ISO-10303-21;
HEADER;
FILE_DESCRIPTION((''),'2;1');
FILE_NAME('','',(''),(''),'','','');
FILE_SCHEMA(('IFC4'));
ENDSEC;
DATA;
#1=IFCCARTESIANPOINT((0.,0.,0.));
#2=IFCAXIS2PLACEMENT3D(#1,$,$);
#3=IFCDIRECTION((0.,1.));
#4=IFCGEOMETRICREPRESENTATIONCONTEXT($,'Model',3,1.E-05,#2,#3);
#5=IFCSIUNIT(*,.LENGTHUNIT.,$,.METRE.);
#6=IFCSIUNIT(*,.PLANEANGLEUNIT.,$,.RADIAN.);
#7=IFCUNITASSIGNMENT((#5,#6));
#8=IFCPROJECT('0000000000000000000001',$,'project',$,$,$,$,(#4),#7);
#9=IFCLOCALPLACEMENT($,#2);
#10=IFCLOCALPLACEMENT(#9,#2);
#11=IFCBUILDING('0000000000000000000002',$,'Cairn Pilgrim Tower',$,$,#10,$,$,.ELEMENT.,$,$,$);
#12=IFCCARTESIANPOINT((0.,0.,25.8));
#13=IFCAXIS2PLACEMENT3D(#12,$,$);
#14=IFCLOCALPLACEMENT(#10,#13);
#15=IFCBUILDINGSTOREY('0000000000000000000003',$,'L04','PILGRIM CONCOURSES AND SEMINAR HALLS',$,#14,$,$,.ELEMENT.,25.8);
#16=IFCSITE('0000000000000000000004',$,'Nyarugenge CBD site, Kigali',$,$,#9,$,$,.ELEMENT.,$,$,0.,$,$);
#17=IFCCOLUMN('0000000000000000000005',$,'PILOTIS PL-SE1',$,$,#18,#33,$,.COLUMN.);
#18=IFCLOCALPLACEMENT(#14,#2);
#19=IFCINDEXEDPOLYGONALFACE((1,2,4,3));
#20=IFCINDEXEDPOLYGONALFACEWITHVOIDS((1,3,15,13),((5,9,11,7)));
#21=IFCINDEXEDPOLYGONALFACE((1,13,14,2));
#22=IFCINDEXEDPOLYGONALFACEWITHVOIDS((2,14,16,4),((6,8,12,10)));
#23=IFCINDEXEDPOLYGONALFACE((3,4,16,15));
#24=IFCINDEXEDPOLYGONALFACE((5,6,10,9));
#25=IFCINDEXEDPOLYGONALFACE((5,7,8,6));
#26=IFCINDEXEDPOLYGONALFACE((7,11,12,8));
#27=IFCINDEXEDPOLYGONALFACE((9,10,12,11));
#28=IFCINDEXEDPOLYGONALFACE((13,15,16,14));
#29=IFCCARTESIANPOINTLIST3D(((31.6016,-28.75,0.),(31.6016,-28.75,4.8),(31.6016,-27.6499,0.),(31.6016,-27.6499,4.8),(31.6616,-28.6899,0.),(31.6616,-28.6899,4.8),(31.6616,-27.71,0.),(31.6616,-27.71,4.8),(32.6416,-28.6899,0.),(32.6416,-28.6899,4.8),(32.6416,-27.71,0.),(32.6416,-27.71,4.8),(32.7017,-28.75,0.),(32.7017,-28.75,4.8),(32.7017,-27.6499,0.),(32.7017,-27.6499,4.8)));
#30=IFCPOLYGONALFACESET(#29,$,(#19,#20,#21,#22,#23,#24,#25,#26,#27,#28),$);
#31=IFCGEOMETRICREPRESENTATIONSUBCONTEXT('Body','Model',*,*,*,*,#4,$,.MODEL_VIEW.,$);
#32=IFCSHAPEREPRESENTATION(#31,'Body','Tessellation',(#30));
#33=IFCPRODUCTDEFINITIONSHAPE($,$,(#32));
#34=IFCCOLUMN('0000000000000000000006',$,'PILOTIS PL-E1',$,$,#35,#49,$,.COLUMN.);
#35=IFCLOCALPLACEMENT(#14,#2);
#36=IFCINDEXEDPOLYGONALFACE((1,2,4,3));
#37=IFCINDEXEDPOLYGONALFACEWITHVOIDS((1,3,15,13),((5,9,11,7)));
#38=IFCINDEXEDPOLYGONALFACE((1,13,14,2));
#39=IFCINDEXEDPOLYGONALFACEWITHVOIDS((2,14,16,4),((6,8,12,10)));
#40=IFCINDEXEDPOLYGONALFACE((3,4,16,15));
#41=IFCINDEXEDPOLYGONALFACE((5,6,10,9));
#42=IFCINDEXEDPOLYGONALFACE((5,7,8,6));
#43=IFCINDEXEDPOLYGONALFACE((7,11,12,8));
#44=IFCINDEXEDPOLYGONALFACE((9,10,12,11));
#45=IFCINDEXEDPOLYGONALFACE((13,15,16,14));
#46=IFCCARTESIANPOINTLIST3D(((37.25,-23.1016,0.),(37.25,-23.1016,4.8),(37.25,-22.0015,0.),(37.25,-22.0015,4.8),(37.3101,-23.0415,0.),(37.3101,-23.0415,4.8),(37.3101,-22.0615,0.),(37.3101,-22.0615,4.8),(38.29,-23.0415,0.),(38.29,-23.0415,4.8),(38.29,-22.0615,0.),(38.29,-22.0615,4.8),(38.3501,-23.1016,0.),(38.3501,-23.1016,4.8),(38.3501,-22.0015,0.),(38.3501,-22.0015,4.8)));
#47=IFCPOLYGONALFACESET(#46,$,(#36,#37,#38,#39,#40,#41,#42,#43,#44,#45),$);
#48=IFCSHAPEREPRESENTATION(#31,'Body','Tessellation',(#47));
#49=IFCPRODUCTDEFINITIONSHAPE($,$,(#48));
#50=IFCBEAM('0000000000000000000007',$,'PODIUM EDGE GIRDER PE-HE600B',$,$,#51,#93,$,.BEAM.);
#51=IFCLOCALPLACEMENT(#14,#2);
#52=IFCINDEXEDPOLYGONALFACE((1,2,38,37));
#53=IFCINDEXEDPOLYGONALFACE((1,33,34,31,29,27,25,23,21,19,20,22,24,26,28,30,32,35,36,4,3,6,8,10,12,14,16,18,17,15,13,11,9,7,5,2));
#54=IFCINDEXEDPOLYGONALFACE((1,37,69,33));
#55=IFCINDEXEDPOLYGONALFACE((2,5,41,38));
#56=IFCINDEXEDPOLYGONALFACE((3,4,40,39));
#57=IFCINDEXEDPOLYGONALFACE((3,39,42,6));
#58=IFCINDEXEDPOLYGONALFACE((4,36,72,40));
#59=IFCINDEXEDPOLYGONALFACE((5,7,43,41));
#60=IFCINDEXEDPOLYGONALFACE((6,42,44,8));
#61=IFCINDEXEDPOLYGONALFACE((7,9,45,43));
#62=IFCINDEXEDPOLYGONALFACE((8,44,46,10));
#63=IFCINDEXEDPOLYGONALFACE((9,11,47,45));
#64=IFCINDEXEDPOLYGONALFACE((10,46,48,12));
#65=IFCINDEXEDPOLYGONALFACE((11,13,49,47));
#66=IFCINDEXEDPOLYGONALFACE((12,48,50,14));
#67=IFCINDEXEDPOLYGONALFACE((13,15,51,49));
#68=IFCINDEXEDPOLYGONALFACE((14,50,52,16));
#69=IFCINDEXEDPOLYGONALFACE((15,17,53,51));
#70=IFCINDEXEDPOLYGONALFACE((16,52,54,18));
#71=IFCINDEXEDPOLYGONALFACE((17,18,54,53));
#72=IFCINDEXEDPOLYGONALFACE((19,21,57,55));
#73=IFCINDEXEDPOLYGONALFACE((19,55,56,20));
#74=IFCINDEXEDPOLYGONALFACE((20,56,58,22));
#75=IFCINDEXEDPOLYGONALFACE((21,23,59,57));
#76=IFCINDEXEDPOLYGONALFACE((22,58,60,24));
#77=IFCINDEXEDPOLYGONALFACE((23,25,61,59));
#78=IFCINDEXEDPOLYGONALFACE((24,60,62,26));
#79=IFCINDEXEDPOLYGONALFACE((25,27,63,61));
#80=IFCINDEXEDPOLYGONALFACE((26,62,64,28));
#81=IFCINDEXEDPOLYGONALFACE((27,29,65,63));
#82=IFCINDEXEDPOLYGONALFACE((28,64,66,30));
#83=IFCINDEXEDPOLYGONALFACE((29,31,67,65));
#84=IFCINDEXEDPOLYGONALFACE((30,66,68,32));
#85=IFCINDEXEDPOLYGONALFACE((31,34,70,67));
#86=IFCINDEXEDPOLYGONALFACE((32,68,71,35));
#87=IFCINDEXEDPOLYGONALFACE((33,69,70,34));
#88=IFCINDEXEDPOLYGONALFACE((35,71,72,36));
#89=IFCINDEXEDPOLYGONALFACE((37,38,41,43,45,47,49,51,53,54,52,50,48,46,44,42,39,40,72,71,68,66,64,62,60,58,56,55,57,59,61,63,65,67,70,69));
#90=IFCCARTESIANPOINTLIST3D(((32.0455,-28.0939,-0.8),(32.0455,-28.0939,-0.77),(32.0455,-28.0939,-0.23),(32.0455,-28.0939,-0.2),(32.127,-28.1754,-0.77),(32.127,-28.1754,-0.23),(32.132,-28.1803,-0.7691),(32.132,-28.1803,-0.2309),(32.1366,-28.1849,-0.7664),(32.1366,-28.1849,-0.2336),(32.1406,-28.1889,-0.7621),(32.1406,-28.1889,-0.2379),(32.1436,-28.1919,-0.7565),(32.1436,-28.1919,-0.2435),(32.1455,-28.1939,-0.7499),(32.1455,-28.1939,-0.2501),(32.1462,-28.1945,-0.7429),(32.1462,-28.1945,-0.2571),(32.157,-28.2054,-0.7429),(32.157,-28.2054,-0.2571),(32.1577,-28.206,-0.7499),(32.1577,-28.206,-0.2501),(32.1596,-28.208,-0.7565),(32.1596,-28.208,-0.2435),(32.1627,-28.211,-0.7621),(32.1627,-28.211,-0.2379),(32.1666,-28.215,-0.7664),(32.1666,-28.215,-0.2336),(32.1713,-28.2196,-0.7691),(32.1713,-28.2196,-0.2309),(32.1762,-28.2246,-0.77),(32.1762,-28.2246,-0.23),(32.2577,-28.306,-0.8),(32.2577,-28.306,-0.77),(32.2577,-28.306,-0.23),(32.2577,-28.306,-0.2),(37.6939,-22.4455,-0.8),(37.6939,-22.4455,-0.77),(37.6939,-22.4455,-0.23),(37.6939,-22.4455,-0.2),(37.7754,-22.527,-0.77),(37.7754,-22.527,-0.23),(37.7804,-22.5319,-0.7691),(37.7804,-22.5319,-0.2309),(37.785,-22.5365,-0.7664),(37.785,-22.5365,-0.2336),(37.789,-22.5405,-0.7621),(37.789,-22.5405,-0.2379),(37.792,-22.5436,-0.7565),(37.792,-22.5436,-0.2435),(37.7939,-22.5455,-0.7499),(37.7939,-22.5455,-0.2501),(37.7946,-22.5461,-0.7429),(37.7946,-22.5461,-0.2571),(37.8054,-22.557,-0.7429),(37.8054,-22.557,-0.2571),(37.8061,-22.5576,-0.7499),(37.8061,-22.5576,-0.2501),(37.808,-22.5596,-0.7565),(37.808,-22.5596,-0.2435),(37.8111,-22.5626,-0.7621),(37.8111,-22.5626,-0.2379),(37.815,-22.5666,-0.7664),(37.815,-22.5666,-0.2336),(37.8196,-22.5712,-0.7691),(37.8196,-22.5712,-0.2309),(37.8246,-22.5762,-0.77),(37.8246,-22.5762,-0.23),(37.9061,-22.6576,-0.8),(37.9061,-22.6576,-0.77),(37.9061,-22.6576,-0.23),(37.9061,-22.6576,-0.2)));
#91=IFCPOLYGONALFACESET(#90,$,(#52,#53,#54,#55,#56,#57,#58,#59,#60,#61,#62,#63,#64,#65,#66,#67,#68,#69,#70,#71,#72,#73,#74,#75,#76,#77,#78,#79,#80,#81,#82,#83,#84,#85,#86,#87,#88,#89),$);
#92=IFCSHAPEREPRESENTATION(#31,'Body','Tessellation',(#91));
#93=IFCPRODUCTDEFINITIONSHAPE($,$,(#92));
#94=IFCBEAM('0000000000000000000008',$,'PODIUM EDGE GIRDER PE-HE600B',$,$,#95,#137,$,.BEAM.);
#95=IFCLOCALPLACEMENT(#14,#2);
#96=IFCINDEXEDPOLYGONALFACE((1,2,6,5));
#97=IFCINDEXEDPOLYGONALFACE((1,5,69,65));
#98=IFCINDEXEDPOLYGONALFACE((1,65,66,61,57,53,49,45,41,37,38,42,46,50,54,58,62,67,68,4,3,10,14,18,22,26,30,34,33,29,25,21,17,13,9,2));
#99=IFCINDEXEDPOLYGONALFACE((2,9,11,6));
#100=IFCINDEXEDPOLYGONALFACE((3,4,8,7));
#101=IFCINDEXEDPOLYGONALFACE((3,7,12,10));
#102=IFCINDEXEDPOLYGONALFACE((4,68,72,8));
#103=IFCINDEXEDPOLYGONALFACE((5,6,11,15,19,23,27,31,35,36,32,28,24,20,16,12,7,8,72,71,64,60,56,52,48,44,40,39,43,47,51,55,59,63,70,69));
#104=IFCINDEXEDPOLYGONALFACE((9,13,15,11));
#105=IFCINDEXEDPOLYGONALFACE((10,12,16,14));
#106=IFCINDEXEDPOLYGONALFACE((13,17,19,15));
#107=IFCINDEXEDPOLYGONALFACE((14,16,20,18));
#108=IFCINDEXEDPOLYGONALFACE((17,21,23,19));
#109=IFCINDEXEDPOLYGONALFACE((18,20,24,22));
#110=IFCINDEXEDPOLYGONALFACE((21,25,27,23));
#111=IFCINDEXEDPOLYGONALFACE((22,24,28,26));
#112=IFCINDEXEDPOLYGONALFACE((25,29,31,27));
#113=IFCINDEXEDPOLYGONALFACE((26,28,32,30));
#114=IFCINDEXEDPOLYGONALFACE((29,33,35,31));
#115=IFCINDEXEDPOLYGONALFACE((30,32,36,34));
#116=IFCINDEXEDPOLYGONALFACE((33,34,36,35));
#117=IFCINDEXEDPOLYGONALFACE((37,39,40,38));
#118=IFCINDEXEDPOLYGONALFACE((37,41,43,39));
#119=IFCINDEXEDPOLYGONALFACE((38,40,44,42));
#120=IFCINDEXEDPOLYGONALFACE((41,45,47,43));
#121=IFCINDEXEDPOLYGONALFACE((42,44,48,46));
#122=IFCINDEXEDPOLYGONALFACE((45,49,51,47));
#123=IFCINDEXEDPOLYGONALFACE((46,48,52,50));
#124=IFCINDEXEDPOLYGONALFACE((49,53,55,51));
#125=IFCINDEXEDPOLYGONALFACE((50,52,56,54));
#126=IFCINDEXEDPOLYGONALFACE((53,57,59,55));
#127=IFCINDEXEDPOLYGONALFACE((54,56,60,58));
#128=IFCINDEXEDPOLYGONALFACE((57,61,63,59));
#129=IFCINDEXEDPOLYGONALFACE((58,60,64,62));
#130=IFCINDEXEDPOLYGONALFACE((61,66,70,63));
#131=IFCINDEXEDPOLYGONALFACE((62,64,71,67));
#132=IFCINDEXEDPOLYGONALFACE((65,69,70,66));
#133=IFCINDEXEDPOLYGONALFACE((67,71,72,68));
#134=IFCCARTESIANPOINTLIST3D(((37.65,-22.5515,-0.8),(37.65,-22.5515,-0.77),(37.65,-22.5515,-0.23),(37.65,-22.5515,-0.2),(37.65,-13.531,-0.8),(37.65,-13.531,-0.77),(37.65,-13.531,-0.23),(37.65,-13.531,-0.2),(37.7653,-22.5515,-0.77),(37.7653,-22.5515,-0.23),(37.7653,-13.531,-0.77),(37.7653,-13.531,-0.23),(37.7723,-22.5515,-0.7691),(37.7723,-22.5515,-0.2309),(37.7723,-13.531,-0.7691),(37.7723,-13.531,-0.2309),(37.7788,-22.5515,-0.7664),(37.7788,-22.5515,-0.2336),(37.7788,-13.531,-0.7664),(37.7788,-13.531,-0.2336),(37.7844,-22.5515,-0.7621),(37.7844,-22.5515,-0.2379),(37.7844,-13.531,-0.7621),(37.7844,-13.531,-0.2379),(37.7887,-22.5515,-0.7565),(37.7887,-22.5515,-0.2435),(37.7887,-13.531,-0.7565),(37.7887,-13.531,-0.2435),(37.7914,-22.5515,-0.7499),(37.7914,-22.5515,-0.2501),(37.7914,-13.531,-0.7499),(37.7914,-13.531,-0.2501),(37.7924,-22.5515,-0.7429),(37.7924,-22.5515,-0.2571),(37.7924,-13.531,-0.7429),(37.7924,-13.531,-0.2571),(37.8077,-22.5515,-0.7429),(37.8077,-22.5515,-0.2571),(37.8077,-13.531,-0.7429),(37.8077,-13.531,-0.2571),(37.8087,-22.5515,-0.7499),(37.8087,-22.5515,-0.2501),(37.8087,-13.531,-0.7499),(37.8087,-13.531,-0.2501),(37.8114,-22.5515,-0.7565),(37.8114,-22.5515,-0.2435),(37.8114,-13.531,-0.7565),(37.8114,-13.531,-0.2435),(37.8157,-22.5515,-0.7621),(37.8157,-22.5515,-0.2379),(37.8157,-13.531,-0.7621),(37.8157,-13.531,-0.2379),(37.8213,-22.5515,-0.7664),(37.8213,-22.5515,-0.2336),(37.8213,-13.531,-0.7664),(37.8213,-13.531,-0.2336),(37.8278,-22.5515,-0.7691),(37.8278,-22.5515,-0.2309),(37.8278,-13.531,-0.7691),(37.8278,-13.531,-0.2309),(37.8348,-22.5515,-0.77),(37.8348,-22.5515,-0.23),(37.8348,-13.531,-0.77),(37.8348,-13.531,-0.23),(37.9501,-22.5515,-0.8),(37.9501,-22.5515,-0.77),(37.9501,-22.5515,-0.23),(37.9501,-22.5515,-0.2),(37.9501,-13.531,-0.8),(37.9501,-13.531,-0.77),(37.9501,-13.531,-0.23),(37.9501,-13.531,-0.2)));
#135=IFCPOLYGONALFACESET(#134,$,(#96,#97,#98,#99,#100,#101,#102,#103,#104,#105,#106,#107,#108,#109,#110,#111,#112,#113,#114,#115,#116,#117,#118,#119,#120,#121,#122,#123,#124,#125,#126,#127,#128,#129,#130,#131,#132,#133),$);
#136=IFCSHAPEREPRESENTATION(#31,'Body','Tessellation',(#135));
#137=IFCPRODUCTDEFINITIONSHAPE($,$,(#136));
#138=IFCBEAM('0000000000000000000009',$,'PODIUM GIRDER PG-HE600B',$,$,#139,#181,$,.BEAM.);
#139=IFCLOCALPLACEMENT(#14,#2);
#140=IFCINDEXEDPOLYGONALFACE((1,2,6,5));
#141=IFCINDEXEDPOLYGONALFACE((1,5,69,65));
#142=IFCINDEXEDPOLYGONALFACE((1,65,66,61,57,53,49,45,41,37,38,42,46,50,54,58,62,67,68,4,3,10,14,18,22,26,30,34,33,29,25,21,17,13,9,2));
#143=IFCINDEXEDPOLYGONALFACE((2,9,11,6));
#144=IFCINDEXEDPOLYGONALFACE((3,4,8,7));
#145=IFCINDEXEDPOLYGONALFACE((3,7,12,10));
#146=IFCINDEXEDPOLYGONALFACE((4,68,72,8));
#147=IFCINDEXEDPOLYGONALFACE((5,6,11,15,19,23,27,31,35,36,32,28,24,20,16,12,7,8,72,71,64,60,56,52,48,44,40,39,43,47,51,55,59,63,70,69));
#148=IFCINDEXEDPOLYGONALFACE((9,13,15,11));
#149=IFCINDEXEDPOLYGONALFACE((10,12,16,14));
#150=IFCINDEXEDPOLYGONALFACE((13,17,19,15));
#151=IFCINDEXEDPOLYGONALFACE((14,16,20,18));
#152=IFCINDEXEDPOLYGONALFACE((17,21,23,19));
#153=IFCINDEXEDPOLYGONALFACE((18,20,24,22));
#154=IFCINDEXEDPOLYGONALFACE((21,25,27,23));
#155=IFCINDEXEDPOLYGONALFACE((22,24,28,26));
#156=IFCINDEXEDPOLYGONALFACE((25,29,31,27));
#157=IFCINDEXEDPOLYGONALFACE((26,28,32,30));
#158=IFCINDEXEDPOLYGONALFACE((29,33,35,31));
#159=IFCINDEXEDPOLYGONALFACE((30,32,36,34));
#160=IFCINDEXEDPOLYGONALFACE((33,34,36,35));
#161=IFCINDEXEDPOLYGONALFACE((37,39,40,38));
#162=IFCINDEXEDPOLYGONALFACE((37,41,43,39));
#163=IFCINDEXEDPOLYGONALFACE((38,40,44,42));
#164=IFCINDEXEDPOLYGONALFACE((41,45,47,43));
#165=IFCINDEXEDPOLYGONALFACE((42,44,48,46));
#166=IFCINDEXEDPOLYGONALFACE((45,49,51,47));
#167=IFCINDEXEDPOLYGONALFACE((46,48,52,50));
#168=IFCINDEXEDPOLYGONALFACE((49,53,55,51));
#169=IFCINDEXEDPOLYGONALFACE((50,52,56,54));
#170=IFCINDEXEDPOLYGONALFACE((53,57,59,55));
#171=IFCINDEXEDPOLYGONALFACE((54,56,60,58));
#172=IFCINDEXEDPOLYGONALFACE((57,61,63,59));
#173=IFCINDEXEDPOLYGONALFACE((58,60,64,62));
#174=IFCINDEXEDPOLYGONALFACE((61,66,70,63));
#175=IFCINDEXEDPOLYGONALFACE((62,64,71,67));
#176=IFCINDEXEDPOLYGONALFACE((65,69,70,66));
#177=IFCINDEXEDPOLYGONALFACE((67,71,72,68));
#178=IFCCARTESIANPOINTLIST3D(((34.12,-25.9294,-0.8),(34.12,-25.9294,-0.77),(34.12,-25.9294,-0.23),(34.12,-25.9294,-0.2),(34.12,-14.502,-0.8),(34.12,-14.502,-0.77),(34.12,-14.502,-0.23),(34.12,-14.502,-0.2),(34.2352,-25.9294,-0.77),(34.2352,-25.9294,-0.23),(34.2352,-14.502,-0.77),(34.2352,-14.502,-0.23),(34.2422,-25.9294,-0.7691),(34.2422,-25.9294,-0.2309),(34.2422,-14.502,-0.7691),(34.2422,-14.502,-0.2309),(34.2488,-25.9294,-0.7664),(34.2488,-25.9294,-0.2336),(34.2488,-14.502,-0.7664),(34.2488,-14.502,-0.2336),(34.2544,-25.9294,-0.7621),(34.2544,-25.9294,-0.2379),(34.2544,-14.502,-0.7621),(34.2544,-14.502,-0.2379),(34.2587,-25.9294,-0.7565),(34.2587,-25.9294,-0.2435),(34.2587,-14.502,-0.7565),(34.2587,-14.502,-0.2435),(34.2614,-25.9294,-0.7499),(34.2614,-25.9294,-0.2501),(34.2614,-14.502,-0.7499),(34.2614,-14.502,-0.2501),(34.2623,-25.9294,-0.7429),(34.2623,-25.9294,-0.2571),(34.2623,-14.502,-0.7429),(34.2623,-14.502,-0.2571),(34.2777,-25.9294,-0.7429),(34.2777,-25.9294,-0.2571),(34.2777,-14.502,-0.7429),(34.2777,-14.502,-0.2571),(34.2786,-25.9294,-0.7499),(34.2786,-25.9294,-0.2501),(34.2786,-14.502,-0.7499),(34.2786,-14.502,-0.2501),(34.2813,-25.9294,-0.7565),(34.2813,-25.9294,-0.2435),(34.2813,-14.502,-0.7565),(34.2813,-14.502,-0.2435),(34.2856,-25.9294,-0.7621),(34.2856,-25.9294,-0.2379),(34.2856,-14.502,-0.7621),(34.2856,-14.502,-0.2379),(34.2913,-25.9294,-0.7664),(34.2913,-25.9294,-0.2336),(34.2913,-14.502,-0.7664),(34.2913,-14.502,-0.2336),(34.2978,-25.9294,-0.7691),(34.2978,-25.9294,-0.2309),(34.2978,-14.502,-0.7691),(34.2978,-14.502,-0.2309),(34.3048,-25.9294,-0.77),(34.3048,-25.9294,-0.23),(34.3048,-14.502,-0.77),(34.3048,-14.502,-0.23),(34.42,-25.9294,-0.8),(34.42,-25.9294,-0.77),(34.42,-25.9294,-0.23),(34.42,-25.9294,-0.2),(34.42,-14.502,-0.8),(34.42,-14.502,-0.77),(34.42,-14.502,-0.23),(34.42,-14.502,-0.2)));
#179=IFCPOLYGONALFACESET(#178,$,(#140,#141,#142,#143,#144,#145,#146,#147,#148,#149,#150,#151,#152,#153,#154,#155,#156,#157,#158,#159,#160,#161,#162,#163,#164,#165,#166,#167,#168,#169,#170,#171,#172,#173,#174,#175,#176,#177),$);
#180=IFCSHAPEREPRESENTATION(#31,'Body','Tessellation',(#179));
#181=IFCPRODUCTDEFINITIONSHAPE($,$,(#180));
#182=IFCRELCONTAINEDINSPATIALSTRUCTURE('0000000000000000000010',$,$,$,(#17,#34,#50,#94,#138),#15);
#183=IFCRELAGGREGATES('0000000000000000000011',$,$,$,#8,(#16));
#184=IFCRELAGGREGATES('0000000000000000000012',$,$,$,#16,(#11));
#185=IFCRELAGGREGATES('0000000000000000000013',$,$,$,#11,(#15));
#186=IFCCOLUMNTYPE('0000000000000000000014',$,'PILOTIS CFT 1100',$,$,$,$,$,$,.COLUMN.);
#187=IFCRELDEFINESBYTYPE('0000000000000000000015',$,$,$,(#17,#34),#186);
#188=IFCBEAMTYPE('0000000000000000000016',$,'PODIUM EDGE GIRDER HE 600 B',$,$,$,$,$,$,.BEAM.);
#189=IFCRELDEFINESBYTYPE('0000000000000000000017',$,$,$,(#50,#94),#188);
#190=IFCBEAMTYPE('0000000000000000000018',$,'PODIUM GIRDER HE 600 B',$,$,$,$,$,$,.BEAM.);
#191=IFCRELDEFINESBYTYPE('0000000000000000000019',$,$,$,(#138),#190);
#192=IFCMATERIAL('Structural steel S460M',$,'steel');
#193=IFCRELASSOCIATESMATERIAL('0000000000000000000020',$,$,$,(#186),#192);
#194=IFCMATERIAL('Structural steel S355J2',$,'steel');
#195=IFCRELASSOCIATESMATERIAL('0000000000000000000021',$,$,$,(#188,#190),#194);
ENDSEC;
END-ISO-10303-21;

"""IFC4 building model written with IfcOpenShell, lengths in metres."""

from ifc_helpers import new_model, si_unit, direction, frame, origin, origin_2d, place, context, subcontext, project, spatial, hollow_rectangle, i_section, extrude, material, material_profile, profile_set, type_object, element, save


model = new_model("IFC4")

# Units and contexts
model_context = context("Model", 3, precision=1e-05, world=origin(), true_north=direction((0.0, 1.0)))
body_context = subcontext(model_context, "Body", "Model", "MODEL_VIEW")
ifc_project = project(units=[si_unit("LENGTHUNIT", "METRE"), si_unit("PLANEANGLEUNIT", "RADIAN")], contexts=[model_context])

# Site, building, storey
site_placement = place(None, origin())
site = spatial("IfcSite", under=ifc_project, at=site_placement, Name="Nyarugenge CBD site, Kigali", CompositionType="ELEMENT", RefElevation=0.0)
building_placement = place(site_placement, origin())
building = spatial("IfcBuilding", under=site, at=building_placement, Name="Cairn Pilgrim Tower", CompositionType="ELEMENT")
storey_placement = place(building_placement, frame((0.0, 0.0, 25.8)))
storey = spatial("IfcBuildingStorey", under=building, at=storey_placement, Name="L04", Description="PILGRIM CONCOURSES AND SEMINAR HALLS", CompositionType="ELEMENT", Elevation=25.8)

# Columns
ifc_material_1 = material(Name="Structural steel S460M", Category="steel")
ifc_material_profile_1 = material_profile(ifc_material_1, hollow_rectangle(XDim=1.1001, YDim=1.1001, WallThickness=0.0601, at=origin_2d()), Name="BOX 1100x1100x60")
ifc_profile_set_1 = profile_set([ifc_material_profile_1], Name="Structural steel S460M")
column_type = type_object("IfcColumnType", Name="PILOTIS CFT 1100", PredefinedType="COLUMN", material=ifc_profile_set_1)
for number, where, z_axis, x_axis, name in (
    (1, (32.1516, -28.2, 0.0), (0.0, 0.0, 1.0), (1.0, 0.0, 0.0), "PILOTIS PL-SE1"),
    (2, (37.8, -22.5515, 0.0), (0.0, 0.0, 1.0), (1.0, 0.0, 0.0), "PILOTIS PL-E1"),
):
    element("IfcColumn", number, at=place(storey_placement, frame(where, z_axis=z_axis, x_axis=x_axis)), inside=storey, type_object=column_type, Name=name, PredefinedType="COLUMN", context=body_context, shape_type="SweptSolid", body=[
        extrude(hollow_rectangle(XDim=1.1001, YDim=1.1001, WallThickness=0.0601, at=origin_2d()), origin(), (0.0, 0.0, 1.0), 4.8),
    ])

# Beams
ifc_material_2 = material(Name="Structural steel S355J2", Category="steel")
ifc_material_profile_2 = material_profile(ifc_material_2, i_section(OverallWidth=0.3, OverallDepth=0.6001, WebThickness=0.0154, FlangeThickness=0.03, FilletRadius=0.0271, at=origin_2d()), Name="HEB 600")
ifc_profile_set_2 = profile_set([ifc_material_profile_2], Name="Structural steel S355J2")
beam_type_1 = type_object("IfcBeamType", Name="PODIUM EDGE GIRDER HE 600 B", PredefinedType="BEAM", material=ifc_profile_set_2)
beam_1_placement = place(storey_placement, frame((32.1516, -28.2, -0.5), z_axis=(0.707107, 0.707107, 0.0), x_axis=(-0.707107, 0.707107, 0.0)))
element("IfcBeam", 3, at=beam_1_placement, inside=storey, type_object=beam_type_1, Name="PODIUM EDGE GIRDER PE-HE600B", PredefinedType="BEAM", context=body_context, shape_type="SweptSolid", body=[
    extrude(i_section(OverallWidth=0.3, OverallDepth=0.6001, WebThickness=0.0154, FlangeThickness=0.03, FilletRadius=0.0271, at=origin_2d()), origin(), (0.0, 0.0, 1.0), 7.988),
])
beam_2_placement = place(storey_placement, frame((37.8, -22.5515, -0.5), z_axis=(0.0, 1.0, 0.0), x_axis=(-1.0, 0.0, 0.0)))
element("IfcBeam", 4, at=beam_2_placement, inside=storey, type_object=beam_type_1, Name="PODIUM EDGE GIRDER PE-HE600B", PredefinedType="BEAM", context=body_context, shape_type="SweptSolid", body=[
    extrude(i_section(OverallWidth=0.3, OverallDepth=0.6001, WebThickness=0.0154, FlangeThickness=0.03, FilletRadius=0.0271, at=origin_2d()), origin(), (0.0, 0.0, 1.0), 9.0205),
])
ifc_material_profile_3 = material_profile(ifc_material_2, i_section(OverallWidth=0.3, OverallDepth=0.6001, WebThickness=0.0154, FlangeThickness=0.03, FilletRadius=0.0271, at=origin_2d()), Name="HEB 600")
ifc_profile_set_3 = profile_set([ifc_material_profile_3], Name="Structural steel S355J2")
beam_type_2 = type_object("IfcBeamType", Name="PODIUM GIRDER HE 600 B", PredefinedType="BEAM", material=ifc_profile_set_3)
beam_3_placement = place(storey_placement, frame((34.27, -25.9294, -0.5), z_axis=(0.0, 1.0, 0.0), x_axis=(-1.0, 0.0, 0.0)))
element("IfcBeam", 5, at=beam_3_placement, inside=storey, type_object=beam_type_2, Name="PODIUM GIRDER PG-HE600B", PredefinedType="BEAM", context=body_context, shape_type="SweptSolid", body=[
    extrude(i_section(OverallWidth=0.3, OverallDepth=0.6001, WebThickness=0.0154, FlangeThickness=0.03, FilletRadius=0.0271, at=origin_2d()), origin(), (0.0, 0.0, 1.0), 11.4275),
])

save(model, "model.ifc")
